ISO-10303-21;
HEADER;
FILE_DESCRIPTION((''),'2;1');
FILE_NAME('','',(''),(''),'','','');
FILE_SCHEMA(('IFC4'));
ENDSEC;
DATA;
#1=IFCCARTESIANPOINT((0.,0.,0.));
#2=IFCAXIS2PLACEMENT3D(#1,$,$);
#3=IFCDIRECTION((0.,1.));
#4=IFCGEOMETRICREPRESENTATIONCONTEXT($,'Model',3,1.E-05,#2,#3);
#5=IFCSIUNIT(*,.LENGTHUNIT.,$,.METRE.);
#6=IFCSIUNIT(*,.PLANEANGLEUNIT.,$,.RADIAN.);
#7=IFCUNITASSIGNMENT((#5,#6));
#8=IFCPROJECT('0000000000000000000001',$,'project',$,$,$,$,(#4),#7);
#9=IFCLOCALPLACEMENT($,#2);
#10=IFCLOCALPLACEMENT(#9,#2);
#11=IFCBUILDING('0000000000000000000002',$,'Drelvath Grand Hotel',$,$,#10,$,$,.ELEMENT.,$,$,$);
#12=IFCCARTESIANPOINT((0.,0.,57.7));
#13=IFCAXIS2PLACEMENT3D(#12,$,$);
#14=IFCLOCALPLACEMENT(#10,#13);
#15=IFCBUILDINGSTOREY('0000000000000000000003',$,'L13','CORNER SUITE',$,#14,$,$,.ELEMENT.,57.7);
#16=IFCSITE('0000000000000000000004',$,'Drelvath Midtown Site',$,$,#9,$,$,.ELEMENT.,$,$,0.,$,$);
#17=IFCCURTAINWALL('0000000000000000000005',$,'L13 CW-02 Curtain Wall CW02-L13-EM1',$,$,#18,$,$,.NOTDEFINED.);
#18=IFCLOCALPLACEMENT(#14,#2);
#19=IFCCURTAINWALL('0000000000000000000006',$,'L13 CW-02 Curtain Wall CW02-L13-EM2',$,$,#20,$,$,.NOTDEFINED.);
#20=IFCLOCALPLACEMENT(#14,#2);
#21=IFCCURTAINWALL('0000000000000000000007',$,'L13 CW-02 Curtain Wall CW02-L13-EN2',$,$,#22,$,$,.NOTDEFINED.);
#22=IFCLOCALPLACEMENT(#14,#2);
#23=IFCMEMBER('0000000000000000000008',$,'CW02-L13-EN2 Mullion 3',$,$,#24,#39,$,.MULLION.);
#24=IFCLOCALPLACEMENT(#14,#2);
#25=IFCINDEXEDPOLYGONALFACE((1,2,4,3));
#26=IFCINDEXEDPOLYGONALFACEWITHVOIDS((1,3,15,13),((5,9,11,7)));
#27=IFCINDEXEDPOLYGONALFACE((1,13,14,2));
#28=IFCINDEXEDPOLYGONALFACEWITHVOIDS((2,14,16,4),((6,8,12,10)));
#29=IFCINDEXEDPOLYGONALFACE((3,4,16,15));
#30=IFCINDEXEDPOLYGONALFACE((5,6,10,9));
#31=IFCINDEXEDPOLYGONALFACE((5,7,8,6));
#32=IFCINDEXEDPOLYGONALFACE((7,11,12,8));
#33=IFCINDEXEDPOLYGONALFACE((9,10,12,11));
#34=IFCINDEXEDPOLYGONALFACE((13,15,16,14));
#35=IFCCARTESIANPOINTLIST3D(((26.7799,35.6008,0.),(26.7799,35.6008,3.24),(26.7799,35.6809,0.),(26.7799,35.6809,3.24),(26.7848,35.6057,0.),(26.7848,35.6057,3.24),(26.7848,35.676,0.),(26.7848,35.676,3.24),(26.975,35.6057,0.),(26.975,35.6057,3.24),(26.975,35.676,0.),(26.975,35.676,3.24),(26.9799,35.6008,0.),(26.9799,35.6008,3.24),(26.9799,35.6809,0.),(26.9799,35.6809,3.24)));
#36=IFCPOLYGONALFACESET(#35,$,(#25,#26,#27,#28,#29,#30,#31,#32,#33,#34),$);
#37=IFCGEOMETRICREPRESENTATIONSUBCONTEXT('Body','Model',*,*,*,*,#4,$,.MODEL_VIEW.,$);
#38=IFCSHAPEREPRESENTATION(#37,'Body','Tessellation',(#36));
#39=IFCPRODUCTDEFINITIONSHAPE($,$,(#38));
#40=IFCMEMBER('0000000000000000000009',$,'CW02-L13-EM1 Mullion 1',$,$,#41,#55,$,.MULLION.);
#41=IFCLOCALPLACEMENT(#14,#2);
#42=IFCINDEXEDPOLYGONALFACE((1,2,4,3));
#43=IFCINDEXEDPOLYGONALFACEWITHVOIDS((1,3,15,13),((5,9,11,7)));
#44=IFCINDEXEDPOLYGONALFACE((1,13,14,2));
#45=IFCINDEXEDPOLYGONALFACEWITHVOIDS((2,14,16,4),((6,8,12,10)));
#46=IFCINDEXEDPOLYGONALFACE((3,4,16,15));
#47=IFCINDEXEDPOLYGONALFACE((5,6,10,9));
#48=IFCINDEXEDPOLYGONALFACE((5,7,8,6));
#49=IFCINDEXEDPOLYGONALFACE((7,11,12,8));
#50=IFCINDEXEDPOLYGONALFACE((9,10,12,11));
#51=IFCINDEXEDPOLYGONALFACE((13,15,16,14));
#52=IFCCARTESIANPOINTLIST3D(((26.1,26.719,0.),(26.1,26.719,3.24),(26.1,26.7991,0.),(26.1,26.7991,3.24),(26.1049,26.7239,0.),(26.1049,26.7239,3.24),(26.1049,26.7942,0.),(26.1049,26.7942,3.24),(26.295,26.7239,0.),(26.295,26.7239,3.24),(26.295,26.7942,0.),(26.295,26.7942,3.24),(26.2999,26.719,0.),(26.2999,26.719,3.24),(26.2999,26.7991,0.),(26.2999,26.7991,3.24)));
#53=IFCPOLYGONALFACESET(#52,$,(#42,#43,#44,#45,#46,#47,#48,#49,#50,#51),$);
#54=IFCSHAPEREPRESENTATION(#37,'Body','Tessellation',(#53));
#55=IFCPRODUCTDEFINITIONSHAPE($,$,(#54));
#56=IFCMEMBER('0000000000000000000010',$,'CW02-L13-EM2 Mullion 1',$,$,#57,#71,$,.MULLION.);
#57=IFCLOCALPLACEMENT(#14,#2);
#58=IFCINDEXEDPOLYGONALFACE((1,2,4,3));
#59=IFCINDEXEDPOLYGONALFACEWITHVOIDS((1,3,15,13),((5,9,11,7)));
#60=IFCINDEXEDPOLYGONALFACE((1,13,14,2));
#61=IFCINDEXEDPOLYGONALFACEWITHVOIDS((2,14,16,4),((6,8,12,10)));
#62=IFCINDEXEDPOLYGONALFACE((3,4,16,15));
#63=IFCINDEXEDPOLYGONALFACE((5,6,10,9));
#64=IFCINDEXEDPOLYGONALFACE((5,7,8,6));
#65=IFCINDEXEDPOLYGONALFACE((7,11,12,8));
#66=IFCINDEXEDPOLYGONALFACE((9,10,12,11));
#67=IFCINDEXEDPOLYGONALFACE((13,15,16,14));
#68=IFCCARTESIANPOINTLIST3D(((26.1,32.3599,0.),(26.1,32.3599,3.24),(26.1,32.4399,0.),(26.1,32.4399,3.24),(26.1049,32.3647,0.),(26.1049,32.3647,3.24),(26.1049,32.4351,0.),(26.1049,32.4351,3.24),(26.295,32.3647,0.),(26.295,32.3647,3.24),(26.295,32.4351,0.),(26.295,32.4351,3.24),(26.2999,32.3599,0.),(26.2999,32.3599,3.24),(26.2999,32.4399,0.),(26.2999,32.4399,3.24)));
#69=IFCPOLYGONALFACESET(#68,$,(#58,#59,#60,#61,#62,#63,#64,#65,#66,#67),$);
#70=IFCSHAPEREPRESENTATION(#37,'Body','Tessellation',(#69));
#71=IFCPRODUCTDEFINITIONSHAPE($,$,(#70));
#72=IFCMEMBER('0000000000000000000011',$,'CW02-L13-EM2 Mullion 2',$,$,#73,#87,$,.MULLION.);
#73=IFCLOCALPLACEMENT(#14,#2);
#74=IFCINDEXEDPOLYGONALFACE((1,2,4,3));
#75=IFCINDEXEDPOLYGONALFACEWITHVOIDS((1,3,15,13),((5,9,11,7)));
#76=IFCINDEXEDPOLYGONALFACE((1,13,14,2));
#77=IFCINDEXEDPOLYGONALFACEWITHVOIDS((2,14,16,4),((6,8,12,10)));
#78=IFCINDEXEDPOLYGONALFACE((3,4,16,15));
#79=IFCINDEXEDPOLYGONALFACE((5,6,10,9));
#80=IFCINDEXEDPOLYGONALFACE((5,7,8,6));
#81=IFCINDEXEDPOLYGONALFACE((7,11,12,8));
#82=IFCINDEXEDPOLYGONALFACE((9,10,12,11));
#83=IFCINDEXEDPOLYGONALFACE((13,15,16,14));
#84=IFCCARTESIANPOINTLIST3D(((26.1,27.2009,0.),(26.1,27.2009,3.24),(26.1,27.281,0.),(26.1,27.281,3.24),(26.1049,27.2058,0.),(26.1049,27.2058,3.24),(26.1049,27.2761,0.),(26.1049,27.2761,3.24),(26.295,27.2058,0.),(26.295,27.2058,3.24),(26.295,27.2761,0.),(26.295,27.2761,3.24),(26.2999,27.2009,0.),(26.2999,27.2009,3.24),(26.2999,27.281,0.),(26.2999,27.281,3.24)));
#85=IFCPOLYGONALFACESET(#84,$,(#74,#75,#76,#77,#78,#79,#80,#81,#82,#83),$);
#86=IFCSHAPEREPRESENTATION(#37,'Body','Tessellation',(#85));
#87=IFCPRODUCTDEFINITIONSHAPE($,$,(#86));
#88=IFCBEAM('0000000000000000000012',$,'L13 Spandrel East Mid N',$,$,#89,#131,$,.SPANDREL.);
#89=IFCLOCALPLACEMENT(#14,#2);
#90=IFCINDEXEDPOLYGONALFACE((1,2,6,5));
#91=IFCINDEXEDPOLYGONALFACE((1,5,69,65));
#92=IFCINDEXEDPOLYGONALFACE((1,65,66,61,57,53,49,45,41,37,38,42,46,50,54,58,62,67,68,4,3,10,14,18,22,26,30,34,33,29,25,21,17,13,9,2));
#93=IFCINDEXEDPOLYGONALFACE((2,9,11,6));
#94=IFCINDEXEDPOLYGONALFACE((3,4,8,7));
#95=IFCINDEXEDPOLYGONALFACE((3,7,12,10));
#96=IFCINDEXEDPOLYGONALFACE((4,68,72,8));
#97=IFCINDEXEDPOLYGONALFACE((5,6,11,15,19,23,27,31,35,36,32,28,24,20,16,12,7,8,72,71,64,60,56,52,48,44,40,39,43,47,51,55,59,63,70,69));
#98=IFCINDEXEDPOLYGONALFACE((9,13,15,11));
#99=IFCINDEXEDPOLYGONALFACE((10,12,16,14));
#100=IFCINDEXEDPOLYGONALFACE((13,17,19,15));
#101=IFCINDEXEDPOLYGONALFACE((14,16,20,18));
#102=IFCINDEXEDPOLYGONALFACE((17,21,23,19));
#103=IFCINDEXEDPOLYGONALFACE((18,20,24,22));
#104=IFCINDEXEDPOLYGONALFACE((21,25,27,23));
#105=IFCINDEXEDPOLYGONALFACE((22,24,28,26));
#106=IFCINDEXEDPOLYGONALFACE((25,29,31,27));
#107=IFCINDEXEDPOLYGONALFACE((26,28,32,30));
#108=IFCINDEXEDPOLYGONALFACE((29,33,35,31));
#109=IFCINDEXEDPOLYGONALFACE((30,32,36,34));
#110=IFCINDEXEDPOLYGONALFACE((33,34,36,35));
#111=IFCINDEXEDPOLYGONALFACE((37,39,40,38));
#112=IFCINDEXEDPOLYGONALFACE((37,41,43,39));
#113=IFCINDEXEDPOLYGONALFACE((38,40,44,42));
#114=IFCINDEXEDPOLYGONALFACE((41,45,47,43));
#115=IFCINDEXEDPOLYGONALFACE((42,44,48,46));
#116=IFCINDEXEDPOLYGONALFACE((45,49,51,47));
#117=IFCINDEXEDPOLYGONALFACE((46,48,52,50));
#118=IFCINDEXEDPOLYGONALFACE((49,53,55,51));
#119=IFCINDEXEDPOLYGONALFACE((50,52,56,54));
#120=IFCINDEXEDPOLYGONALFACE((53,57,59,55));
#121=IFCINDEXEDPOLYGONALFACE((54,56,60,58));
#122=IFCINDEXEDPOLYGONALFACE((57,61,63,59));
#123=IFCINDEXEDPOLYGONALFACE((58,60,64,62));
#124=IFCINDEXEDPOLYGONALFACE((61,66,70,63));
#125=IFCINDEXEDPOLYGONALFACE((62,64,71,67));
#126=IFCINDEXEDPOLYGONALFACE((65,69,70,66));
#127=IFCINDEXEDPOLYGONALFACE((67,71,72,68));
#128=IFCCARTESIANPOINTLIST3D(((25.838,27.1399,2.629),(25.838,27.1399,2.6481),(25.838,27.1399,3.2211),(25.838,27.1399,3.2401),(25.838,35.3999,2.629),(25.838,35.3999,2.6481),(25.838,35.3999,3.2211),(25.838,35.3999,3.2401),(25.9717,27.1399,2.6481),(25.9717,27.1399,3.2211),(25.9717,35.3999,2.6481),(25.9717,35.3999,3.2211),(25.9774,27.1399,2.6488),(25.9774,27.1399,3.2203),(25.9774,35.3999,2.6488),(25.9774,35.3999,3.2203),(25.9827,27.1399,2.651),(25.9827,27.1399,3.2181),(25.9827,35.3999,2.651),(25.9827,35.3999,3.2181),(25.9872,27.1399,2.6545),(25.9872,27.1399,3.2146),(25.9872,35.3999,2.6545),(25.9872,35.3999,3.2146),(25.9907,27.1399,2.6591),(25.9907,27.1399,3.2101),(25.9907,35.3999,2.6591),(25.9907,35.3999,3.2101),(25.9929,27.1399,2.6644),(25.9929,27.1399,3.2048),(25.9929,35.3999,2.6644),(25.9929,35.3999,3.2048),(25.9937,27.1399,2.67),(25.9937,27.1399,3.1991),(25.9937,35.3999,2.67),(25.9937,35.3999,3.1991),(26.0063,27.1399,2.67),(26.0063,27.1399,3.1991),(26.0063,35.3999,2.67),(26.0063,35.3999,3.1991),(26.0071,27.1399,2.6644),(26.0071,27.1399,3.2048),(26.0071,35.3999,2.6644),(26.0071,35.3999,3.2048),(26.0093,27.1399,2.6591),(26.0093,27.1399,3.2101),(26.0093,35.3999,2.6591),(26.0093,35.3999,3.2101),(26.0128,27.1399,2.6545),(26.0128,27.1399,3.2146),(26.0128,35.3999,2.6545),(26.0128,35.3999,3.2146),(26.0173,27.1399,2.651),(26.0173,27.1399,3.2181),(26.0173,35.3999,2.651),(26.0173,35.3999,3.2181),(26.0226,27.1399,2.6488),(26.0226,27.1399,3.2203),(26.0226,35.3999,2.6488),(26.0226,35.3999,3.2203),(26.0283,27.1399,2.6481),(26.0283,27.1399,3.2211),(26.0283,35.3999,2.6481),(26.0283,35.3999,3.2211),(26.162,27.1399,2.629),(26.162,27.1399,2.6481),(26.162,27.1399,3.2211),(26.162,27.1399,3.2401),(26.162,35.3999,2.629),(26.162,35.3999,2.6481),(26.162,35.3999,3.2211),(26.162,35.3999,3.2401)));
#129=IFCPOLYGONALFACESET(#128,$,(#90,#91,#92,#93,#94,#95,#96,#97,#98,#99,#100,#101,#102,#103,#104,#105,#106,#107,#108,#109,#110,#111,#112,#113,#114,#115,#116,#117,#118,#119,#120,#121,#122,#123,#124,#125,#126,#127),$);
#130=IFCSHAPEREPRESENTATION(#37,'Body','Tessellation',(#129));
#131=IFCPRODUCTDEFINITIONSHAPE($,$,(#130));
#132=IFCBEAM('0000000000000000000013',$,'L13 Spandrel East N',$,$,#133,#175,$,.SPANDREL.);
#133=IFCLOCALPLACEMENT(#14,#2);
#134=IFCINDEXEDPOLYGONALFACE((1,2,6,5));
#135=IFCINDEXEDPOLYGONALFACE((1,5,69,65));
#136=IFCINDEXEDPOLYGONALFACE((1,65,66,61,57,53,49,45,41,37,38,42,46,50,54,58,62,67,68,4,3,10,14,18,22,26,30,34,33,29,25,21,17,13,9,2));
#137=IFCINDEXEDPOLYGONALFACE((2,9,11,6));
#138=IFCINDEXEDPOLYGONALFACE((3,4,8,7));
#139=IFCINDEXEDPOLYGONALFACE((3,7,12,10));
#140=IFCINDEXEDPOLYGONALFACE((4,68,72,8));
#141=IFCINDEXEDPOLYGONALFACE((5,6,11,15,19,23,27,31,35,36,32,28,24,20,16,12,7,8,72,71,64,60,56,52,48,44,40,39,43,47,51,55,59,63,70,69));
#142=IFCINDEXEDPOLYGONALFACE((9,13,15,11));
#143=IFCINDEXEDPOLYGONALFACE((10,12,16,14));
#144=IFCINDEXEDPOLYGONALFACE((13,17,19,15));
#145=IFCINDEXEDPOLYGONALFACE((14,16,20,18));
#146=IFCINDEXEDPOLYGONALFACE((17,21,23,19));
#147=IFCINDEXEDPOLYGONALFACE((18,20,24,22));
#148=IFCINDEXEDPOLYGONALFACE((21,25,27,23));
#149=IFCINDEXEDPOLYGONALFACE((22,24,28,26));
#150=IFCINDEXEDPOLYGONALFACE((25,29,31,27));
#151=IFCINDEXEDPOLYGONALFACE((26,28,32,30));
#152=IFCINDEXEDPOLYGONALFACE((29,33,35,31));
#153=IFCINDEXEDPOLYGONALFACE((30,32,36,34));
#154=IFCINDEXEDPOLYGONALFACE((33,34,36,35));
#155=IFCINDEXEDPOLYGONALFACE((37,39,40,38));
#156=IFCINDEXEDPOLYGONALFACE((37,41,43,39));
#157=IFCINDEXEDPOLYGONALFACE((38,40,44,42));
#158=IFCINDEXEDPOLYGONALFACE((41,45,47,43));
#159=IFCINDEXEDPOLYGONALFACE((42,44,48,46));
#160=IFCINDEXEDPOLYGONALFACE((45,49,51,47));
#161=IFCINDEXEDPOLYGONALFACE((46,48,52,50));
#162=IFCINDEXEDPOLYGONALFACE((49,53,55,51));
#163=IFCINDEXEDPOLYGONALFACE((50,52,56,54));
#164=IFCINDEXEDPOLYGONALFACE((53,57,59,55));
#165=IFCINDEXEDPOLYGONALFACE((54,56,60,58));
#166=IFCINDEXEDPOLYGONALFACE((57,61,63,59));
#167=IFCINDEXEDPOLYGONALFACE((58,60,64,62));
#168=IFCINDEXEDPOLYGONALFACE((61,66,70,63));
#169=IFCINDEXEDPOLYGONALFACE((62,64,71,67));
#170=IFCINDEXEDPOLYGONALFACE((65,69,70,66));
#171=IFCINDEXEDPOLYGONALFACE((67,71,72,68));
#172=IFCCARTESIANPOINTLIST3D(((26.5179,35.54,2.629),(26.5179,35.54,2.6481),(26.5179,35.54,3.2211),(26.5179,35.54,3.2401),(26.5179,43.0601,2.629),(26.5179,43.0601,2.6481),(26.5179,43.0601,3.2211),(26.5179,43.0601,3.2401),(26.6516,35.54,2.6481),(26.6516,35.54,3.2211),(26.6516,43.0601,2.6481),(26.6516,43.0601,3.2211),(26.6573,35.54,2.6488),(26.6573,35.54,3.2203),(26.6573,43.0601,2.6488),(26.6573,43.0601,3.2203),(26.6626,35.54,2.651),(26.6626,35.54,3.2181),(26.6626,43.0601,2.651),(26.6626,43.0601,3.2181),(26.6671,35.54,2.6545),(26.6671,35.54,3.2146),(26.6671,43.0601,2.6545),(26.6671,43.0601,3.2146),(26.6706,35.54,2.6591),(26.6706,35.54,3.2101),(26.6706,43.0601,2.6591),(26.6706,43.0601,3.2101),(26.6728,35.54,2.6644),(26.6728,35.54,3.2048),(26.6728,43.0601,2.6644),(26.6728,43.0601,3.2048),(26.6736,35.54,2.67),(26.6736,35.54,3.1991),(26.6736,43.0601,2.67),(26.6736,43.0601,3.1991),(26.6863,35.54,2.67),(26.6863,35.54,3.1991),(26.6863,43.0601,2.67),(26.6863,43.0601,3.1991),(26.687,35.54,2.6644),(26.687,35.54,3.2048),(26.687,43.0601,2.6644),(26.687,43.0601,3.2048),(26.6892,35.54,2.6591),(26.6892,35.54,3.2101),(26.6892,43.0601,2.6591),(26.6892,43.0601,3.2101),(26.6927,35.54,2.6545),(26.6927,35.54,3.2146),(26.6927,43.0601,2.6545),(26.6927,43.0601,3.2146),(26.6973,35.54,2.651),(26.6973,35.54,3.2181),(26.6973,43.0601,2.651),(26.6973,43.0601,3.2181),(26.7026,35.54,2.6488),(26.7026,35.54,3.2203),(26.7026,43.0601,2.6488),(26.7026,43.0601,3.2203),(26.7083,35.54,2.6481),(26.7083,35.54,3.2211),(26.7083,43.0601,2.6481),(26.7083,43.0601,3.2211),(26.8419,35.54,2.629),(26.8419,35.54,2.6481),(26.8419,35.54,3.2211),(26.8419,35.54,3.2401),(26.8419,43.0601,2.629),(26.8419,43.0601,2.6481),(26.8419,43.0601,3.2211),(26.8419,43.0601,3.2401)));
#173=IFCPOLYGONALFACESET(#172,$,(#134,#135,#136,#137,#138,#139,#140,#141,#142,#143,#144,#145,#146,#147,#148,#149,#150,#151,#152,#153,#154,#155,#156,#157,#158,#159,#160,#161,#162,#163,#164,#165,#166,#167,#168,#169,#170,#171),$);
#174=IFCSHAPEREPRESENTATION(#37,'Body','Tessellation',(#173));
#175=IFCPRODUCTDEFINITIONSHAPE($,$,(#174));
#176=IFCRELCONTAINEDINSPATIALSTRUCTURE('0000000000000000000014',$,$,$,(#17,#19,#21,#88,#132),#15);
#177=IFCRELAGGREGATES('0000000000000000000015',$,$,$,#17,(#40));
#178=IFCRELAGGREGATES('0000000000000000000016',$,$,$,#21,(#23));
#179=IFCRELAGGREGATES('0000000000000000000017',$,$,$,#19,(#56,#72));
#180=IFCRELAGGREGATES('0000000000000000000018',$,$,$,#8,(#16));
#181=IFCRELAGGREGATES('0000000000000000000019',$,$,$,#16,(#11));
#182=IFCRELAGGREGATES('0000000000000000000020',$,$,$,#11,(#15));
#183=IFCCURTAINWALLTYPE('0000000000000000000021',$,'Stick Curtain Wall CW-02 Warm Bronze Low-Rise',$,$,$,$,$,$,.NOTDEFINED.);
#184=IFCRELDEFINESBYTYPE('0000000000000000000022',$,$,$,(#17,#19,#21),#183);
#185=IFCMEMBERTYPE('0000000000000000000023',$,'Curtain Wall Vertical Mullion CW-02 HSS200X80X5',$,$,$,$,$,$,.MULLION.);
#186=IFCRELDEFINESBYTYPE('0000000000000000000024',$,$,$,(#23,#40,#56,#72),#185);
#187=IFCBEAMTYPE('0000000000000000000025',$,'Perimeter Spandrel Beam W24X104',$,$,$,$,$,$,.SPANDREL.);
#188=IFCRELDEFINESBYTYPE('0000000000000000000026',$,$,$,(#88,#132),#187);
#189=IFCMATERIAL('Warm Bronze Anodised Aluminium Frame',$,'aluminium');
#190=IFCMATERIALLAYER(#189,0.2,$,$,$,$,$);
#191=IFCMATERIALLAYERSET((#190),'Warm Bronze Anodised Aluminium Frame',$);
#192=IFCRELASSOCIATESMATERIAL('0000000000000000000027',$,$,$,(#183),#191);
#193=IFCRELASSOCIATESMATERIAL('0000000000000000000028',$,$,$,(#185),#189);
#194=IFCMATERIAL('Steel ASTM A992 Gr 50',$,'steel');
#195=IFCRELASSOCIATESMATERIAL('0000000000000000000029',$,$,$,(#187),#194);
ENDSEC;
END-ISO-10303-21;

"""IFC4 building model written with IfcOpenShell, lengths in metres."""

from ifc_helpers import new_model, si_unit, direction, frame, origin, origin_2d, place, context, subcontext, project, spatial, hollow_rectangle, i_section, extrude, material, layer, layer_set, material_profile, profile_set, type_object, element, aggregate, save


model = new_model("IFC4")

# Units and contexts
model_context = context("Model", 3, precision=1e-05, world=origin(), true_north=direction((0.0, 1.0)))
body_context = subcontext(model_context, "Body", "Model", "MODEL_VIEW")
ifc_project = project(units=[si_unit("LENGTHUNIT", "METRE"), si_unit("PLANEANGLEUNIT", "RADIAN")], contexts=[model_context])

# Site, building, storey
site_placement = place(None, origin())
site = spatial("IfcSite", under=ifc_project, at=site_placement, Name="Drelvath Midtown Site", CompositionType="ELEMENT", RefElevation=0.0)
building_placement = place(site_placement, origin())
building = spatial("IfcBuilding", under=site, at=building_placement, Name="Drelvath Grand Hotel", CompositionType="ELEMENT")
storey_placement = place(building_placement, frame((0.0, 0.0, 57.7)))
storey = spatial("IfcBuildingStorey", under=building, at=storey_placement, Name="L13", Description="CORNER SUITE", CompositionType="ELEMENT", Elevation=57.7)

# Curtain walls
ifc_material_1 = material(Name="Warm Bronze Anodised Aluminium Frame", Category="aluminium")
ifc_layer_1 = layer(ifc_material_1, 0.2)
ifc_layer_set_1 = layer_set([ifc_layer_1], Name="Warm Bronze Anodised Aluminium Frame")
curtain_wall_type = type_object("IfcCurtainWallType", Name="Stick Curtain Wall CW-02 Warm Bronze Low-Rise", PredefinedType="NOTDEFINED", material=ifc_layer_set_1)
curtain_wall_1_placement = place(storey_placement, origin())
curtain_wall_1 = element("IfcCurtainWall", 1, at=curtain_wall_1_placement, inside=storey, type_object=curtain_wall_type, Name="L13 CW-02 Curtain Wall CW02-L13-EM1", PredefinedType="NOTDEFINED")
curtain_wall_2_placement = place(storey_placement, origin())
curtain_wall_2 = element("IfcCurtainWall", 2, at=curtain_wall_2_placement, inside=storey, type_object=curtain_wall_type, Name="L13 CW-02 Curtain Wall CW02-L13-EM2", PredefinedType="NOTDEFINED")

# Shared definitions
ifc_material_profile_1 = material_profile(ifc_material_1, hollow_rectangle(XDim=0.0801, YDim=0.2, WallThickness=0.0049, at=origin_2d()), Name="HSS200X80X5")
ifc_profile_set_1 = profile_set([ifc_material_profile_1], Name="Warm Bronze Anodised Aluminium Frame")
member_type_1 = type_object("IfcMemberType", Name="Curtain Wall Vertical Mullion CW-02 HSS200X80X5", PredefinedType="MULLION", material=ifc_profile_set_1)

# Curtain wall, member
curtain_wall_3_placement = place(storey_placement, origin())
curtain_wall_3 = element("IfcCurtainWall", 3, at=curtain_wall_3_placement, inside=storey, type_object=curtain_wall_type, Name="L13 CW-02 Curtain Wall CW02-L13-EN2", PredefinedType="NOTDEFINED")
member_1_placement = place(storey_placement, frame((26.8799, 35.6409, 0.0), z_axis=(0.0, 0.0, 1.0), x_axis=(0.0, 1.0, 0.0)))
member_1 = element("IfcMember", 4, at=member_1_placement, type_object=member_type_1, Name="CW02-L13-EN2 Mullion 3", PredefinedType="MULLION", context=body_context, shape_type="SweptSolid", body=[
    extrude(hollow_rectangle(XDim=0.0801, YDim=0.2, WallThickness=0.0049, at=origin_2d()), origin(), (0.0, 0.0, 1.0), 3.24),
])

# Members
member_2_placement = place(storey_placement, frame((26.2, 26.759, 0.0), z_axis=(0.0, 0.0, 1.0), x_axis=(0.0, 1.0, 0.0)))
member_2 = element("IfcMember", 5, at=member_2_placement, type_object=member_type_1, Name="CW02-L13-EM1 Mullion 1", PredefinedType="MULLION", context=body_context, shape_type="SweptSolid", body=[
    extrude(hollow_rectangle(XDim=0.0801, YDim=0.2, WallThickness=0.0049, at=origin_2d()), origin(), (0.0, 0.0, 1.0), 3.24),
])
aggregate(curtain_wall_1, [member_2])
member_3_placement = place(storey_placement, frame((26.2, 32.3999, 0.0), z_axis=(0.0, 0.0, 1.0), x_axis=(0.0, 1.0, 0.0)))
member_3 = element("IfcMember", 6, at=member_3_placement, type_object=member_type_1, Name="CW02-L13-EM2 Mullion 1", PredefinedType="MULLION", context=body_context, shape_type="SweptSolid", body=[
    extrude(hollow_rectangle(XDim=0.0801, YDim=0.2, WallThickness=0.0049, at=origin_2d()), origin(), (0.0, 0.0, 1.0), 3.24),
])
member_4_placement = place(storey_placement, frame((26.2, 27.241, 0.0), z_axis=(0.0, 0.0, 1.0), x_axis=(0.0, 1.0, 0.0)))
member_4 = element("IfcMember", 7, at=member_4_placement, type_object=member_type_1, Name="CW02-L13-EM2 Mullion 2", PredefinedType="MULLION", context=body_context, shape_type="SweptSolid", body=[
    extrude(hollow_rectangle(XDim=0.0801, YDim=0.2, WallThickness=0.0049, at=origin_2d()), origin(), (0.0, 0.0, 1.0), 3.24),
])

# Beams
ifc_material_2 = material(Name="Steel ASTM A992 Gr 50", Category="steel")
ifc_material_profile_2 = material_profile(ifc_material_2, i_section(OverallWidth=0.324, OverallDepth=0.6111, WebThickness=0.0127, FlangeThickness=0.019, FilletRadius=0.022, at=origin_2d()), Name="W24X104")
ifc_profile_set_2 = profile_set([ifc_material_profile_2], Name="Steel ASTM A992 Gr 50")
beam_type_1 = type_object("IfcBeamType", Name="Perimeter Spandrel Beam W24X104", PredefinedType="SPANDREL", material=ifc_profile_set_2)
beam_1_placement = place(storey_placement, frame((26.0, 27.1399, 2.9346), z_axis=(0.0, 1.0, 0.0), x_axis=(-1.0, 0.0, 0.0)))
element("IfcBeam", 8, at=beam_1_placement, inside=storey, type_object=beam_type_1, Name="L13 Spandrel East Mid N", PredefinedType="SPANDREL", context=body_context, shape_type="SweptSolid", body=[
    extrude(i_section(OverallWidth=0.324, OverallDepth=0.6111, WebThickness=0.0127, FlangeThickness=0.019, FilletRadius=0.022, at=origin_2d()), origin(), (0.0, 0.0, 1.0), 8.26),
])
beam_2_placement = place(storey_placement, frame((26.6799, 35.54, 2.9346), z_axis=(0.0, 1.0, 0.0), x_axis=(-1.0, 0.0, 0.0)))
element("IfcBeam", 9, at=beam_2_placement, inside=storey, type_object=beam_type_1, Name="L13 Spandrel East N", PredefinedType="SPANDREL", context=body_context, shape_type="SweptSolid", body=[
    extrude(i_section(OverallWidth=0.324, OverallDepth=0.6111, WebThickness=0.0127, FlangeThickness=0.019, FilletRadius=0.022, at=origin_2d()), origin(), (0.0, 0.0, 1.0), 7.52),
])

aggregate(curtain_wall_3, [member_1])
aggregate(curtain_wall_2, [member_3, member_4])

save(model, "model.ifc")
